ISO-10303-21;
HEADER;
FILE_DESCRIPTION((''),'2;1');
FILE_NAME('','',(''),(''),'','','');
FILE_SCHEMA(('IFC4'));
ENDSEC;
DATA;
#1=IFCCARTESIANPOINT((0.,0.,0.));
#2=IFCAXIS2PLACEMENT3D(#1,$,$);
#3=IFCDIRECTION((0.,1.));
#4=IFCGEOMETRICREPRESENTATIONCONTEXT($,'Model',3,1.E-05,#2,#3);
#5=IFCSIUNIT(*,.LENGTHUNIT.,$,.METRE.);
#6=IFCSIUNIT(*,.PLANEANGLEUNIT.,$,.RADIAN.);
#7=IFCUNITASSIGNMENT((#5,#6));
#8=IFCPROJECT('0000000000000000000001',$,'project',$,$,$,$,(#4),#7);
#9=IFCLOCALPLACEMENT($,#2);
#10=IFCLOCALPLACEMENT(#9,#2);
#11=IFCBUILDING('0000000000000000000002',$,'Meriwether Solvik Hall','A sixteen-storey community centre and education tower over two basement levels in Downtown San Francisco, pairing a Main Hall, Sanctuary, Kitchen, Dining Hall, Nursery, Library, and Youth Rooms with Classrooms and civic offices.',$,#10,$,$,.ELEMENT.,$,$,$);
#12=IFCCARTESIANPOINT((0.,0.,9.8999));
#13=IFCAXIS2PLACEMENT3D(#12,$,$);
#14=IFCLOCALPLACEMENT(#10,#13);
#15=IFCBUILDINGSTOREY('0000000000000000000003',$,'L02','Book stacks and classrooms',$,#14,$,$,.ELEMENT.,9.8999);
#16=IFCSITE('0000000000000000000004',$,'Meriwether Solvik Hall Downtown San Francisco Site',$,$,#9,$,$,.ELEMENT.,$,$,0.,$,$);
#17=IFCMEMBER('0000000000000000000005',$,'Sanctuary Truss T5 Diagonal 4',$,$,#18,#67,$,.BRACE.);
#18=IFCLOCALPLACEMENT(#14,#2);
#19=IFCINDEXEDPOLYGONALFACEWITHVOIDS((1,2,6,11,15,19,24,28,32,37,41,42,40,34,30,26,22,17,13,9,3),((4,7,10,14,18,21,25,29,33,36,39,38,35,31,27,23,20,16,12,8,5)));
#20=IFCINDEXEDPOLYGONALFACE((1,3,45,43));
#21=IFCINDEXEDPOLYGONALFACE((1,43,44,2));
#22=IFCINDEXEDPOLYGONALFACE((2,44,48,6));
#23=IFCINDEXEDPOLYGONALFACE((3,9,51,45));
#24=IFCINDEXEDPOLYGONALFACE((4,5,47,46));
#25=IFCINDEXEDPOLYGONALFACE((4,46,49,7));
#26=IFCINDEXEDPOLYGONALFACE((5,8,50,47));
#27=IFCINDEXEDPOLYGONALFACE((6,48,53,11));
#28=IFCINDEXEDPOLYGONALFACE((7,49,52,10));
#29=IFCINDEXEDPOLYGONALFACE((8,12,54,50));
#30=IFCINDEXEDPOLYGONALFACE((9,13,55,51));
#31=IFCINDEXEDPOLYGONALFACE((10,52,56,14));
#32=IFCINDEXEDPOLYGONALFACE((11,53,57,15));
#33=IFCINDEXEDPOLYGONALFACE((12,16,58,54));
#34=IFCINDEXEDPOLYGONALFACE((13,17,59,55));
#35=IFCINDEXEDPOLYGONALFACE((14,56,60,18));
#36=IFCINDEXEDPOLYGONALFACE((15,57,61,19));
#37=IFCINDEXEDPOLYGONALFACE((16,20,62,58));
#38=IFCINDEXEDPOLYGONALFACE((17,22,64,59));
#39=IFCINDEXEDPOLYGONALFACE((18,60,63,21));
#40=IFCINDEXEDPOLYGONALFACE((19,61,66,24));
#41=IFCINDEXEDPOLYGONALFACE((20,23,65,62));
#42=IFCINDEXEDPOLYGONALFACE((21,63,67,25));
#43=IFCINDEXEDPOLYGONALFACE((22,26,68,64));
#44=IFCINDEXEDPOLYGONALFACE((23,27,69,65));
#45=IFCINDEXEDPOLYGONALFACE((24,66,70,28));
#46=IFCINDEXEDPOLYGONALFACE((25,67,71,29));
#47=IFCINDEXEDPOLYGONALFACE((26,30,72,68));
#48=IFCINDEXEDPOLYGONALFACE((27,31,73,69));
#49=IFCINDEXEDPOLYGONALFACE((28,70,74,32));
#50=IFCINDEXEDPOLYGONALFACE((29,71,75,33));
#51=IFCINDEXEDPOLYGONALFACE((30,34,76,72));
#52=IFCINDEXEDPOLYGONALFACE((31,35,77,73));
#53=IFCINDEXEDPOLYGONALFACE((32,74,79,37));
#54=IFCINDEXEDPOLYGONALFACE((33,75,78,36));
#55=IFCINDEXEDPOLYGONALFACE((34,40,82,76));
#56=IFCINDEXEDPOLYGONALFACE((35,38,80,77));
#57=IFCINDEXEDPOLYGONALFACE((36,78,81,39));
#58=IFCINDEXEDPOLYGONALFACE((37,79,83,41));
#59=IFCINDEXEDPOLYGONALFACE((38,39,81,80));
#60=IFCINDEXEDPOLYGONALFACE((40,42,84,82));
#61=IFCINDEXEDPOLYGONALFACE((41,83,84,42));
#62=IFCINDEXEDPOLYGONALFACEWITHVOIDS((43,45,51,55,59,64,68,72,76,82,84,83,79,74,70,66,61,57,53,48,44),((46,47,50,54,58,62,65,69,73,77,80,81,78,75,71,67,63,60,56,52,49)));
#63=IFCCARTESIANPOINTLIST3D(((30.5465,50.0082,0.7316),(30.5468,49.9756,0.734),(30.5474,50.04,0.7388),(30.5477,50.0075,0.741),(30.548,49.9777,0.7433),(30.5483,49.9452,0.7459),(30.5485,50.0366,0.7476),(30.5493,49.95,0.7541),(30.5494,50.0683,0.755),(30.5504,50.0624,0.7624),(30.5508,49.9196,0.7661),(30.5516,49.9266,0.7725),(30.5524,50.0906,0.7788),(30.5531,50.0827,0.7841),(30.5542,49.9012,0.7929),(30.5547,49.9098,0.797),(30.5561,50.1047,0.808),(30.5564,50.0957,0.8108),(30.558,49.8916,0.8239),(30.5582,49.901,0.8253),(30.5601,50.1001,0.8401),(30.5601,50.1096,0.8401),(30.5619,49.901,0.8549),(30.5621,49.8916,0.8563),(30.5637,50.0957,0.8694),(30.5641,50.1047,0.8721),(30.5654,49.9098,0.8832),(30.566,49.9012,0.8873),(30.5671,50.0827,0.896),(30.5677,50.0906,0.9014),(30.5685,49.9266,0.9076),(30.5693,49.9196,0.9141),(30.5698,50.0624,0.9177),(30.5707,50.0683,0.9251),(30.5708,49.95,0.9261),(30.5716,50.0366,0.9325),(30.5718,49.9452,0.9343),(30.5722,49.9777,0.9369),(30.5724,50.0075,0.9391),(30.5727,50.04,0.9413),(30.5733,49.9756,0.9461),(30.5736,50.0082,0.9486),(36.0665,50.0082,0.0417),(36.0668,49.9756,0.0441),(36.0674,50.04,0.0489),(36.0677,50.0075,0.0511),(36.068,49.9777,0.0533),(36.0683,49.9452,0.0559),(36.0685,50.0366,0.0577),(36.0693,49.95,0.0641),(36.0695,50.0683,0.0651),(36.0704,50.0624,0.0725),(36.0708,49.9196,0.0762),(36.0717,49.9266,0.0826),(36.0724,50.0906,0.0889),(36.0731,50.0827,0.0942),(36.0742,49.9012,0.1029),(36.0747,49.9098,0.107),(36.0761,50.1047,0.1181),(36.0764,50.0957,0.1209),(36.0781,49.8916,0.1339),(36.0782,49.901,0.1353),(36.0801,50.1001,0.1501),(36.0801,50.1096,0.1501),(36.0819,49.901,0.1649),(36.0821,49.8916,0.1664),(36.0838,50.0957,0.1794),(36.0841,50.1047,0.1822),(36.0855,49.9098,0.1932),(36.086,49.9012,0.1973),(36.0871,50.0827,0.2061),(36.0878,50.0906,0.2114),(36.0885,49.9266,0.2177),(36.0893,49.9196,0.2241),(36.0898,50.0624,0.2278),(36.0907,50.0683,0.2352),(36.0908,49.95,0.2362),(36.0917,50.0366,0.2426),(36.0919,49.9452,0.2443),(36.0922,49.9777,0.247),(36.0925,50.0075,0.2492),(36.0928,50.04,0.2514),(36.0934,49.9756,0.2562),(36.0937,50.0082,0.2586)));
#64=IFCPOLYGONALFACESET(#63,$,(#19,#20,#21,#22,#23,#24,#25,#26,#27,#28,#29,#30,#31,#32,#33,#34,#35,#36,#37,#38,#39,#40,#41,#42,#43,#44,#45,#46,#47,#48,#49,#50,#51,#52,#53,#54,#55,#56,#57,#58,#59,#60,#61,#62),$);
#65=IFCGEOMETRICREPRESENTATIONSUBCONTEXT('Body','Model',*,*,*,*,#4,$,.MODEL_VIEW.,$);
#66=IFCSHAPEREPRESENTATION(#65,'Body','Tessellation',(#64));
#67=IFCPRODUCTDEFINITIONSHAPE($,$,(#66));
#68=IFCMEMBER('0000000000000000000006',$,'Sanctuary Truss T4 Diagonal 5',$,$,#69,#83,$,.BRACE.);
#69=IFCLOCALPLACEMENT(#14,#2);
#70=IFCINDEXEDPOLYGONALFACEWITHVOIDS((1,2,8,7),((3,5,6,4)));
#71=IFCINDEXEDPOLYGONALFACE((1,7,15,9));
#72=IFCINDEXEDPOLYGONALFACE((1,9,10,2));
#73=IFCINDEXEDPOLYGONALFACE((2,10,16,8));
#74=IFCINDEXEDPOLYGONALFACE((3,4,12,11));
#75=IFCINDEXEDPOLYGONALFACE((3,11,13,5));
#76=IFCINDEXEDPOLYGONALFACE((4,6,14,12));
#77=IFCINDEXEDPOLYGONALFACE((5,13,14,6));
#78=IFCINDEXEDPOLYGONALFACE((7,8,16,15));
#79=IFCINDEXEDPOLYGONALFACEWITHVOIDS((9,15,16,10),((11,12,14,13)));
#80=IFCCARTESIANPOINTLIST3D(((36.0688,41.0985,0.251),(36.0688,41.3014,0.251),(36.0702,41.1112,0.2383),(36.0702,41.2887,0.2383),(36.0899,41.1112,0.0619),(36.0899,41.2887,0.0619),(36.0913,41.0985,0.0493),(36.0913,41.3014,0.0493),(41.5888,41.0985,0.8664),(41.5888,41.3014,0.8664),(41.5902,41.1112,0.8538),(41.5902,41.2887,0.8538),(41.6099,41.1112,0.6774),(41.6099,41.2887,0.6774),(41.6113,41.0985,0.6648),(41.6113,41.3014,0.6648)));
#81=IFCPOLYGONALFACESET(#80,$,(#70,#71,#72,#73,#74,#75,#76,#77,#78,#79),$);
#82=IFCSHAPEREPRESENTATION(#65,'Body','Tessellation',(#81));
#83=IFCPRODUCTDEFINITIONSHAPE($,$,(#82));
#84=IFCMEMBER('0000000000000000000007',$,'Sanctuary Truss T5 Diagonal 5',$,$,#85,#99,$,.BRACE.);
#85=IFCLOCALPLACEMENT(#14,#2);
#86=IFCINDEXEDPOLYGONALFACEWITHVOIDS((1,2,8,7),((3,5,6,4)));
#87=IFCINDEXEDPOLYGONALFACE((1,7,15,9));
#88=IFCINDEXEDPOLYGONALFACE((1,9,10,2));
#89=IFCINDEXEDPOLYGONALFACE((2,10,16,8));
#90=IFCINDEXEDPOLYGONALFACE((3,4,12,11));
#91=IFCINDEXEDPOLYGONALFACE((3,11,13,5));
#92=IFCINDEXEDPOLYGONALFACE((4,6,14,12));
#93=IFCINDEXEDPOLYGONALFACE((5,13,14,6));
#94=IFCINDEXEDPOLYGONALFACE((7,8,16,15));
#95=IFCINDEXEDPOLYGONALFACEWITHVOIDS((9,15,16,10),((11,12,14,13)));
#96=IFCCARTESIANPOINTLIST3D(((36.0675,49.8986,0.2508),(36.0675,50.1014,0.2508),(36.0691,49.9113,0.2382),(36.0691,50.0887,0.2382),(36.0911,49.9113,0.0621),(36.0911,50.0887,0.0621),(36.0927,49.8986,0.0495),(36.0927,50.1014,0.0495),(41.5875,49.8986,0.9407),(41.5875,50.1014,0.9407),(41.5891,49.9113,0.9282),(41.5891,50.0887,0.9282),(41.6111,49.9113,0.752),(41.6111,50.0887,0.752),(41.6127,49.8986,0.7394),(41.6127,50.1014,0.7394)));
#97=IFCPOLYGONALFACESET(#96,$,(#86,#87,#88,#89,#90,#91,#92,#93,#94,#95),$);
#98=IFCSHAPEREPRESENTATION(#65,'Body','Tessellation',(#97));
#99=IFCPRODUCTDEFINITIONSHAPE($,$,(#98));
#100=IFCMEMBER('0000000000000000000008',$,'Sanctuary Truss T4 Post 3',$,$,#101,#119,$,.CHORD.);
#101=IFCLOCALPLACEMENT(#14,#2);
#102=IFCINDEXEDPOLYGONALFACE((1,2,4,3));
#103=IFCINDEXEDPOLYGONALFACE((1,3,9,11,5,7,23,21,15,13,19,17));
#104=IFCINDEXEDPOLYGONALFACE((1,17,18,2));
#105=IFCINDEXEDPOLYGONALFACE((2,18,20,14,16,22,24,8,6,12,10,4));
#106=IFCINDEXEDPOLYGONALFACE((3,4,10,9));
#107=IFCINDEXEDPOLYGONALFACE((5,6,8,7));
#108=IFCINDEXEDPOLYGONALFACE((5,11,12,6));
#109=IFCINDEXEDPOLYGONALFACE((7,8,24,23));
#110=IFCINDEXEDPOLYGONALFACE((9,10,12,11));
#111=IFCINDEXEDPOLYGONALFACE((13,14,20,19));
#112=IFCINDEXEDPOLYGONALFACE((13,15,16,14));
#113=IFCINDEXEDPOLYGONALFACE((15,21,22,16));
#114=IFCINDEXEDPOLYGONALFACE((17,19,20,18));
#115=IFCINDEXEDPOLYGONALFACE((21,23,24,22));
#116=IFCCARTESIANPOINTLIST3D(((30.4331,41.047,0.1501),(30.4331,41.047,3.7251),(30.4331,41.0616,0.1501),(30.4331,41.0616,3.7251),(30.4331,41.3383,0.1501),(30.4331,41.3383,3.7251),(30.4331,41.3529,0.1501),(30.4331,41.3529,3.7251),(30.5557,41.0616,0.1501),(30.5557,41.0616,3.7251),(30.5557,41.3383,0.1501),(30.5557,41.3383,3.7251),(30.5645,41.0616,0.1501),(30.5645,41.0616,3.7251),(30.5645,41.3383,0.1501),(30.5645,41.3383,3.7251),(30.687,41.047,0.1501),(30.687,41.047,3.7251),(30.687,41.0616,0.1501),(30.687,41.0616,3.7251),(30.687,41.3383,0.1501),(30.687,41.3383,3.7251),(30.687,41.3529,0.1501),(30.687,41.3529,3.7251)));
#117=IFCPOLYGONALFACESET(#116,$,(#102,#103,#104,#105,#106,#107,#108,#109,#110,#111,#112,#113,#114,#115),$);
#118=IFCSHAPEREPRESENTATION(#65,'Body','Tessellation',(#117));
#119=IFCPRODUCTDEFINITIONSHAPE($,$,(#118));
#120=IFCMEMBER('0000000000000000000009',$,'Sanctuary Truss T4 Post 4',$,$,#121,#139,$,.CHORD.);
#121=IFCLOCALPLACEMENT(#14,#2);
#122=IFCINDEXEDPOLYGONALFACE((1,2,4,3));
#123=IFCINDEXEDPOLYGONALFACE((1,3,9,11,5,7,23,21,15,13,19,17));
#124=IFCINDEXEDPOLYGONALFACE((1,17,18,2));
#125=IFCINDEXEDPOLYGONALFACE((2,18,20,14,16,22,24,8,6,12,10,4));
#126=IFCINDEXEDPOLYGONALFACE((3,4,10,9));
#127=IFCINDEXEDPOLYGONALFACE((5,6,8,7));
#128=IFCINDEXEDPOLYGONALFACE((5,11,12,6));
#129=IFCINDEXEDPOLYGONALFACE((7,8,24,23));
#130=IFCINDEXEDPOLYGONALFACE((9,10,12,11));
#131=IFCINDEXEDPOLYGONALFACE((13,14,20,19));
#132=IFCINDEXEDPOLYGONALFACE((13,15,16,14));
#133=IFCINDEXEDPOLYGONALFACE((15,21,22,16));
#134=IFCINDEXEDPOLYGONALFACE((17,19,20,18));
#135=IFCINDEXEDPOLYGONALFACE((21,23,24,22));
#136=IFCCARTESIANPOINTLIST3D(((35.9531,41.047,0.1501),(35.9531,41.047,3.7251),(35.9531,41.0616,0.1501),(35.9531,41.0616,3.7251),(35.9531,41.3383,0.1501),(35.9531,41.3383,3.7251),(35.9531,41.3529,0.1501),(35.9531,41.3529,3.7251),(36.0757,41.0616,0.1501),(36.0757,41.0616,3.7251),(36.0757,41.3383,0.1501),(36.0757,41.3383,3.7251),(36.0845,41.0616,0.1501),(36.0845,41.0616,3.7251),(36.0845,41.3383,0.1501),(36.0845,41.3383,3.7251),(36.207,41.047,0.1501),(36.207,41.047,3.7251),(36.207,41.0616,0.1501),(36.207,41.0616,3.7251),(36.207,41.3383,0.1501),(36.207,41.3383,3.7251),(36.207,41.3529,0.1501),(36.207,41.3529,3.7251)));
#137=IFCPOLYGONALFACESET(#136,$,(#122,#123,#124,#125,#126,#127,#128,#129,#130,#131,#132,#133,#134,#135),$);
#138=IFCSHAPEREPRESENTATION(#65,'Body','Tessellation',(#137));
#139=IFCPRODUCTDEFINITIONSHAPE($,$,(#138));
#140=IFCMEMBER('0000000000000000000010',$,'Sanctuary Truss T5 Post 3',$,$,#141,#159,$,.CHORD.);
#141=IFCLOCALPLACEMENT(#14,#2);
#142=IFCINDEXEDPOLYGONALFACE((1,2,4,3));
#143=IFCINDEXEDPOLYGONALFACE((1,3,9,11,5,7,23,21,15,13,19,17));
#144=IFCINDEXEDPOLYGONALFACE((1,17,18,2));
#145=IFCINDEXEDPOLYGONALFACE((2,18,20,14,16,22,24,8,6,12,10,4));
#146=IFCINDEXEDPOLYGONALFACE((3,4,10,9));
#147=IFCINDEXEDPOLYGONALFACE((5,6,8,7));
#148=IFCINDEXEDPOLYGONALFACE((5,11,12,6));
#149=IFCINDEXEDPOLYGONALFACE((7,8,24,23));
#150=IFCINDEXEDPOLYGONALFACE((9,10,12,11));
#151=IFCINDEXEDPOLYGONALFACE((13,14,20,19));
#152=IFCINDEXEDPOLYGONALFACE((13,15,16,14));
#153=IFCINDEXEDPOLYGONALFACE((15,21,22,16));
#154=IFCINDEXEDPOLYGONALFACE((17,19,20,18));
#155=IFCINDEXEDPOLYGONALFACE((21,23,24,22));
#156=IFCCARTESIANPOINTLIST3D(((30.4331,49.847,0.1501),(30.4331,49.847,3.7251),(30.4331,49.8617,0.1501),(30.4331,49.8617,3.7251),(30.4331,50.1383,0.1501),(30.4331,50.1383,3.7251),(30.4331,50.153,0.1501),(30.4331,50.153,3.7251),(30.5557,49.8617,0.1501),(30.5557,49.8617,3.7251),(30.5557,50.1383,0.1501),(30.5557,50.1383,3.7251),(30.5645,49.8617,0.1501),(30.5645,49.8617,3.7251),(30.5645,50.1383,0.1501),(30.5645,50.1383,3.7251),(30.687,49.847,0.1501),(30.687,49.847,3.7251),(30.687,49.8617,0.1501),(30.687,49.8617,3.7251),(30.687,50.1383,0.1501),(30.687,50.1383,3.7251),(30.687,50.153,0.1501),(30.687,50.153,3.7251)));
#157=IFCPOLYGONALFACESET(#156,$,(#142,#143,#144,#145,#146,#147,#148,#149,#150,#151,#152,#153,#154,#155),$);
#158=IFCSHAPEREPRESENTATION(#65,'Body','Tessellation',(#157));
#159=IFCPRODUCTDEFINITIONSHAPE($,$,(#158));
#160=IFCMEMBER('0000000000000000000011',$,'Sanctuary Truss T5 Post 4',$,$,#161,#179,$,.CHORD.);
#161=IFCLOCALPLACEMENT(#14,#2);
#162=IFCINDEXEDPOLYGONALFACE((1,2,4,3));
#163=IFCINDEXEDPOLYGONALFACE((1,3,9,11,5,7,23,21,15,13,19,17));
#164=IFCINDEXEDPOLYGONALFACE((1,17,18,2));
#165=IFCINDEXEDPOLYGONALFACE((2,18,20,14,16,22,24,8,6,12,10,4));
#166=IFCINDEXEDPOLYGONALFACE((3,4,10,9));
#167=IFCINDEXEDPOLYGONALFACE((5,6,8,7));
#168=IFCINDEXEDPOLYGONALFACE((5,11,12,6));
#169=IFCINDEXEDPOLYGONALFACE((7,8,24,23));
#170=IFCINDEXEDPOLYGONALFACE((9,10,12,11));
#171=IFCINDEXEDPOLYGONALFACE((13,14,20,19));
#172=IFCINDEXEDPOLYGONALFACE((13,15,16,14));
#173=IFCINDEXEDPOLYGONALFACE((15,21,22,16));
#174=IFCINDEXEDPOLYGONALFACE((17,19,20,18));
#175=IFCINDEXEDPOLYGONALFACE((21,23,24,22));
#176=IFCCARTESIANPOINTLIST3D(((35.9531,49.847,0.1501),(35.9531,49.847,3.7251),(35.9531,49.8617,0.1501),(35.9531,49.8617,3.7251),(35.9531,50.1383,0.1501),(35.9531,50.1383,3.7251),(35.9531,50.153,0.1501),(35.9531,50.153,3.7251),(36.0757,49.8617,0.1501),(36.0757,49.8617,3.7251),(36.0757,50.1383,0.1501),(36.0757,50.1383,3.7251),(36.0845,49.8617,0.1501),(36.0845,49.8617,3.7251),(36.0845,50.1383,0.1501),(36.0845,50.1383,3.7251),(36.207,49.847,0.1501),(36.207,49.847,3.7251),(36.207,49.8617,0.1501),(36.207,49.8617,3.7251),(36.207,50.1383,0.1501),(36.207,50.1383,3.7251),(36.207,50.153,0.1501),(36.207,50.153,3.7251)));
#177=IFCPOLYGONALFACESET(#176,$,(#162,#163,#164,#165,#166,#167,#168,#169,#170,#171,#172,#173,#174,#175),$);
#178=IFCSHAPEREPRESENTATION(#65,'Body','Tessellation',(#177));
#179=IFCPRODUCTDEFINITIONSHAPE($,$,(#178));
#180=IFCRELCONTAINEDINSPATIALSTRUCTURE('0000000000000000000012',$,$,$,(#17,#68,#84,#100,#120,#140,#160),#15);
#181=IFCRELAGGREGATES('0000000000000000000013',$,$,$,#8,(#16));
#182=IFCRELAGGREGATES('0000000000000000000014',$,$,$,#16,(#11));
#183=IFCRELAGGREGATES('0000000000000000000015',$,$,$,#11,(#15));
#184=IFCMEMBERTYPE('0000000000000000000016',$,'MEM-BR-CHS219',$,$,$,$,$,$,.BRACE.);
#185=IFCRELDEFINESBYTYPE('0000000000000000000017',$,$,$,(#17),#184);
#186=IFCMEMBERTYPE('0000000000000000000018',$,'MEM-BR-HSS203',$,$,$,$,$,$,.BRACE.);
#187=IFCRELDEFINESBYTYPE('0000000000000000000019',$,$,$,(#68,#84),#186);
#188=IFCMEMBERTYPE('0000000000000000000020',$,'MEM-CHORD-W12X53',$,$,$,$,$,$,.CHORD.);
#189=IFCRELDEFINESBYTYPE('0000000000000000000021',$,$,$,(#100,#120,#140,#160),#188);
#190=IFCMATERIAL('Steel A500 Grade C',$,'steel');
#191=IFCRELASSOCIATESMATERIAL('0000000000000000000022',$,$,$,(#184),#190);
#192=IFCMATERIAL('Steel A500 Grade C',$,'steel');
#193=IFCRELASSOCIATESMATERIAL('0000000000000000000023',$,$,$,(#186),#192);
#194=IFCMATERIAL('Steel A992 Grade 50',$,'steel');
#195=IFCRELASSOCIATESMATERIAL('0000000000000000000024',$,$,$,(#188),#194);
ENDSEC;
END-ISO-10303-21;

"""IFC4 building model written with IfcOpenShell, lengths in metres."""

from ifc_helpers import new_model, si_unit, direction, frame, origin, origin_2d, place, context, subcontext, project, spatial, hollow_rectangle, hollow_circle, i_section, extrude, material, material_profile, profile_set, type_object, element, save


model = new_model("IFC4")

# Units and contexts
model_context = context("Model", 3, precision=1e-05, world=origin(), true_north=direction((0.0, 1.0)))
body_context = subcontext(model_context, "Body", "Model", "MODEL_VIEW")
ifc_project = project(units=[si_unit("LENGTHUNIT", "METRE"), si_unit("PLANEANGLEUNIT", "RADIAN")], contexts=[model_context])

# Site, building, storey
site_placement = place(None, origin())
site = spatial("IfcSite", under=ifc_project, at=site_placement, Name="Meriwether Solvik Hall Downtown San Francisco Site", CompositionType="ELEMENT", RefElevation=0.0)
building_placement = place(site_placement, origin())
building = spatial("IfcBuilding", under=site, at=building_placement, Name="Meriwether Solvik Hall", Description="A sixteen-storey community centre and education tower over two basement levels in Downtown San Francisco, pairing a Main Hall, Sanctuary, Kitchen, Dining Hall, Nursery, Library, and Youth Rooms with Classrooms and civic offices.", CompositionType="ELEMENT")
storey_placement = place(building_placement, frame((0.0, 0.0, 9.8999)))
storey = spatial("IfcBuildingStorey", under=building, at=storey_placement, Name="L02", Description="Book stacks and classrooms", CompositionType="ELEMENT", Elevation=9.8999)

# Members
ifc_material_1 = material(Name="Steel A500 Grade C", Category="steel")
ifc_material_profile_1 = material_profile(ifc_material_1, hollow_circle(Radius=0.1096, WallThickness=0.0095, at=origin_2d()), Name="CHS219X9.5")
ifc_profile_set_1 = profile_set([ifc_material_profile_1], Name="Steel A500 Grade C")
member_type_1 = type_object("IfcMemberType", Name="MEM-BR-CHS219", PredefinedType="BRACE", material=ifc_profile_set_1)
member_1_placement = place(storey_placement, frame((30.5601, 50.0, 0.8401), z_axis=(0.992279, 0.0, -0.124024), x_axis=(0.0, 1.0, 0.0)))
element("IfcMember", 1, at=member_1_placement, inside=storey, type_object=member_type_1, Name="Sanctuary Truss T5 Diagonal 4", PredefinedType="BRACE", context=body_context, shape_type="SweptSolid", body=[
    extrude(hollow_circle(Radius=0.1096, WallThickness=0.0095, at=origin_2d()), origin(), (0.0, 0.0, 1.0), 5.563),
])
ifc_material_2 = material(Name="Steel A500 Grade C", Category="steel")
ifc_material_profile_2 = material_profile(ifc_material_2, hollow_rectangle(XDim=0.2029, YDim=0.2029, WallThickness=0.0127, at=origin_2d()), Name="HSS203X203X12.7")
ifc_profile_set_2 = profile_set([ifc_material_profile_2], Name="Steel A500 Grade C")
member_type_2 = type_object("IfcMemberType", Name="MEM-BR-HSS203", PredefinedType="BRACE", material=ifc_profile_set_2)
member_2_placement = place(storey_placement, frame((36.0801, 41.2, 0.1501), z_axis=(0.993841, 0.0, 0.110813), x_axis=(0.0, 1.0, 0.0)))
element("IfcMember", 2, at=member_2_placement, inside=storey, type_object=member_type_2, Name="Sanctuary Truss T4 Diagonal 5", PredefinedType="BRACE", context=body_context, shape_type="SweptSolid", body=[
    extrude(hollow_rectangle(XDim=0.2029, YDim=0.2029, WallThickness=0.0127, at=origin_2d()), origin(), (0.0, 0.0, 1.0), 5.5542),
])
member_3_placement = place(storey_placement, frame((36.0801, 50.0, 0.1501), z_axis=(0.992279, 0.0, 0.124024), x_axis=(0.0, 1.0, 0.0)))
element("IfcMember", 3, at=member_3_placement, inside=storey, type_object=member_type_2, Name="Sanctuary Truss T5 Diagonal 5", PredefinedType="BRACE", context=body_context, shape_type="SweptSolid", body=[
    extrude(hollow_rectangle(XDim=0.2029, YDim=0.2029, WallThickness=0.0127, at=origin_2d()), origin(), (0.0, 0.0, 1.0), 5.563),
])
ifc_material_3 = material(Name="Steel A992 Grade 50", Category="steel")
ifc_material_profile_3 = material_profile(ifc_material_3, i_section(OverallWidth=0.2539, OverallDepth=0.3059, WebThickness=0.0088, FlangeThickness=0.0146, at=origin_2d()), Name="W12X53")
ifc_profile_set_3 = profile_set([ifc_material_profile_3], Name="Steel A992 Grade 50")
member_type_3 = type_object("IfcMemberType", Name="MEM-CHORD-W12X53", PredefinedType="CHORD", material=ifc_profile_set_3)
for number, where, z_axis, x_axis, name in (
    (4, (30.5601, 41.2, 0.1501), (0.0, 0.0, 1.0), (1.0, 0.0, 0.0), "Sanctuary Truss T4 Post 3"),
    (5, (36.0801, 41.2, 0.1501), (0.0, 0.0, 1.0), (1.0, 0.0, 0.0), "Sanctuary Truss T4 Post 4"),
    (6, (30.5601, 50.0, 0.1501), (0.0, 0.0, 1.0), (1.0, 0.0, 0.0), "Sanctuary Truss T5 Post 3"),
    (7, (36.0801, 50.0, 0.1501), (0.0, 0.0, 1.0), (1.0, 0.0, 0.0), "Sanctuary Truss T5 Post 4"),
):
    element("IfcMember", number, at=place(storey_placement, frame(where, z_axis=z_axis, x_axis=x_axis)), inside=storey, type_object=member_type_3, Name=name, PredefinedType="CHORD", context=body_context, shape_type="SweptSolid", body=[
        extrude(i_section(OverallWidth=0.2539, OverallDepth=0.3059, WebThickness=0.0088, FlangeThickness=0.0146, at=origin_2d()), origin(), (0.0, 0.0, 1.0), 3.575),
    ])

save(model, "model.ifc")
